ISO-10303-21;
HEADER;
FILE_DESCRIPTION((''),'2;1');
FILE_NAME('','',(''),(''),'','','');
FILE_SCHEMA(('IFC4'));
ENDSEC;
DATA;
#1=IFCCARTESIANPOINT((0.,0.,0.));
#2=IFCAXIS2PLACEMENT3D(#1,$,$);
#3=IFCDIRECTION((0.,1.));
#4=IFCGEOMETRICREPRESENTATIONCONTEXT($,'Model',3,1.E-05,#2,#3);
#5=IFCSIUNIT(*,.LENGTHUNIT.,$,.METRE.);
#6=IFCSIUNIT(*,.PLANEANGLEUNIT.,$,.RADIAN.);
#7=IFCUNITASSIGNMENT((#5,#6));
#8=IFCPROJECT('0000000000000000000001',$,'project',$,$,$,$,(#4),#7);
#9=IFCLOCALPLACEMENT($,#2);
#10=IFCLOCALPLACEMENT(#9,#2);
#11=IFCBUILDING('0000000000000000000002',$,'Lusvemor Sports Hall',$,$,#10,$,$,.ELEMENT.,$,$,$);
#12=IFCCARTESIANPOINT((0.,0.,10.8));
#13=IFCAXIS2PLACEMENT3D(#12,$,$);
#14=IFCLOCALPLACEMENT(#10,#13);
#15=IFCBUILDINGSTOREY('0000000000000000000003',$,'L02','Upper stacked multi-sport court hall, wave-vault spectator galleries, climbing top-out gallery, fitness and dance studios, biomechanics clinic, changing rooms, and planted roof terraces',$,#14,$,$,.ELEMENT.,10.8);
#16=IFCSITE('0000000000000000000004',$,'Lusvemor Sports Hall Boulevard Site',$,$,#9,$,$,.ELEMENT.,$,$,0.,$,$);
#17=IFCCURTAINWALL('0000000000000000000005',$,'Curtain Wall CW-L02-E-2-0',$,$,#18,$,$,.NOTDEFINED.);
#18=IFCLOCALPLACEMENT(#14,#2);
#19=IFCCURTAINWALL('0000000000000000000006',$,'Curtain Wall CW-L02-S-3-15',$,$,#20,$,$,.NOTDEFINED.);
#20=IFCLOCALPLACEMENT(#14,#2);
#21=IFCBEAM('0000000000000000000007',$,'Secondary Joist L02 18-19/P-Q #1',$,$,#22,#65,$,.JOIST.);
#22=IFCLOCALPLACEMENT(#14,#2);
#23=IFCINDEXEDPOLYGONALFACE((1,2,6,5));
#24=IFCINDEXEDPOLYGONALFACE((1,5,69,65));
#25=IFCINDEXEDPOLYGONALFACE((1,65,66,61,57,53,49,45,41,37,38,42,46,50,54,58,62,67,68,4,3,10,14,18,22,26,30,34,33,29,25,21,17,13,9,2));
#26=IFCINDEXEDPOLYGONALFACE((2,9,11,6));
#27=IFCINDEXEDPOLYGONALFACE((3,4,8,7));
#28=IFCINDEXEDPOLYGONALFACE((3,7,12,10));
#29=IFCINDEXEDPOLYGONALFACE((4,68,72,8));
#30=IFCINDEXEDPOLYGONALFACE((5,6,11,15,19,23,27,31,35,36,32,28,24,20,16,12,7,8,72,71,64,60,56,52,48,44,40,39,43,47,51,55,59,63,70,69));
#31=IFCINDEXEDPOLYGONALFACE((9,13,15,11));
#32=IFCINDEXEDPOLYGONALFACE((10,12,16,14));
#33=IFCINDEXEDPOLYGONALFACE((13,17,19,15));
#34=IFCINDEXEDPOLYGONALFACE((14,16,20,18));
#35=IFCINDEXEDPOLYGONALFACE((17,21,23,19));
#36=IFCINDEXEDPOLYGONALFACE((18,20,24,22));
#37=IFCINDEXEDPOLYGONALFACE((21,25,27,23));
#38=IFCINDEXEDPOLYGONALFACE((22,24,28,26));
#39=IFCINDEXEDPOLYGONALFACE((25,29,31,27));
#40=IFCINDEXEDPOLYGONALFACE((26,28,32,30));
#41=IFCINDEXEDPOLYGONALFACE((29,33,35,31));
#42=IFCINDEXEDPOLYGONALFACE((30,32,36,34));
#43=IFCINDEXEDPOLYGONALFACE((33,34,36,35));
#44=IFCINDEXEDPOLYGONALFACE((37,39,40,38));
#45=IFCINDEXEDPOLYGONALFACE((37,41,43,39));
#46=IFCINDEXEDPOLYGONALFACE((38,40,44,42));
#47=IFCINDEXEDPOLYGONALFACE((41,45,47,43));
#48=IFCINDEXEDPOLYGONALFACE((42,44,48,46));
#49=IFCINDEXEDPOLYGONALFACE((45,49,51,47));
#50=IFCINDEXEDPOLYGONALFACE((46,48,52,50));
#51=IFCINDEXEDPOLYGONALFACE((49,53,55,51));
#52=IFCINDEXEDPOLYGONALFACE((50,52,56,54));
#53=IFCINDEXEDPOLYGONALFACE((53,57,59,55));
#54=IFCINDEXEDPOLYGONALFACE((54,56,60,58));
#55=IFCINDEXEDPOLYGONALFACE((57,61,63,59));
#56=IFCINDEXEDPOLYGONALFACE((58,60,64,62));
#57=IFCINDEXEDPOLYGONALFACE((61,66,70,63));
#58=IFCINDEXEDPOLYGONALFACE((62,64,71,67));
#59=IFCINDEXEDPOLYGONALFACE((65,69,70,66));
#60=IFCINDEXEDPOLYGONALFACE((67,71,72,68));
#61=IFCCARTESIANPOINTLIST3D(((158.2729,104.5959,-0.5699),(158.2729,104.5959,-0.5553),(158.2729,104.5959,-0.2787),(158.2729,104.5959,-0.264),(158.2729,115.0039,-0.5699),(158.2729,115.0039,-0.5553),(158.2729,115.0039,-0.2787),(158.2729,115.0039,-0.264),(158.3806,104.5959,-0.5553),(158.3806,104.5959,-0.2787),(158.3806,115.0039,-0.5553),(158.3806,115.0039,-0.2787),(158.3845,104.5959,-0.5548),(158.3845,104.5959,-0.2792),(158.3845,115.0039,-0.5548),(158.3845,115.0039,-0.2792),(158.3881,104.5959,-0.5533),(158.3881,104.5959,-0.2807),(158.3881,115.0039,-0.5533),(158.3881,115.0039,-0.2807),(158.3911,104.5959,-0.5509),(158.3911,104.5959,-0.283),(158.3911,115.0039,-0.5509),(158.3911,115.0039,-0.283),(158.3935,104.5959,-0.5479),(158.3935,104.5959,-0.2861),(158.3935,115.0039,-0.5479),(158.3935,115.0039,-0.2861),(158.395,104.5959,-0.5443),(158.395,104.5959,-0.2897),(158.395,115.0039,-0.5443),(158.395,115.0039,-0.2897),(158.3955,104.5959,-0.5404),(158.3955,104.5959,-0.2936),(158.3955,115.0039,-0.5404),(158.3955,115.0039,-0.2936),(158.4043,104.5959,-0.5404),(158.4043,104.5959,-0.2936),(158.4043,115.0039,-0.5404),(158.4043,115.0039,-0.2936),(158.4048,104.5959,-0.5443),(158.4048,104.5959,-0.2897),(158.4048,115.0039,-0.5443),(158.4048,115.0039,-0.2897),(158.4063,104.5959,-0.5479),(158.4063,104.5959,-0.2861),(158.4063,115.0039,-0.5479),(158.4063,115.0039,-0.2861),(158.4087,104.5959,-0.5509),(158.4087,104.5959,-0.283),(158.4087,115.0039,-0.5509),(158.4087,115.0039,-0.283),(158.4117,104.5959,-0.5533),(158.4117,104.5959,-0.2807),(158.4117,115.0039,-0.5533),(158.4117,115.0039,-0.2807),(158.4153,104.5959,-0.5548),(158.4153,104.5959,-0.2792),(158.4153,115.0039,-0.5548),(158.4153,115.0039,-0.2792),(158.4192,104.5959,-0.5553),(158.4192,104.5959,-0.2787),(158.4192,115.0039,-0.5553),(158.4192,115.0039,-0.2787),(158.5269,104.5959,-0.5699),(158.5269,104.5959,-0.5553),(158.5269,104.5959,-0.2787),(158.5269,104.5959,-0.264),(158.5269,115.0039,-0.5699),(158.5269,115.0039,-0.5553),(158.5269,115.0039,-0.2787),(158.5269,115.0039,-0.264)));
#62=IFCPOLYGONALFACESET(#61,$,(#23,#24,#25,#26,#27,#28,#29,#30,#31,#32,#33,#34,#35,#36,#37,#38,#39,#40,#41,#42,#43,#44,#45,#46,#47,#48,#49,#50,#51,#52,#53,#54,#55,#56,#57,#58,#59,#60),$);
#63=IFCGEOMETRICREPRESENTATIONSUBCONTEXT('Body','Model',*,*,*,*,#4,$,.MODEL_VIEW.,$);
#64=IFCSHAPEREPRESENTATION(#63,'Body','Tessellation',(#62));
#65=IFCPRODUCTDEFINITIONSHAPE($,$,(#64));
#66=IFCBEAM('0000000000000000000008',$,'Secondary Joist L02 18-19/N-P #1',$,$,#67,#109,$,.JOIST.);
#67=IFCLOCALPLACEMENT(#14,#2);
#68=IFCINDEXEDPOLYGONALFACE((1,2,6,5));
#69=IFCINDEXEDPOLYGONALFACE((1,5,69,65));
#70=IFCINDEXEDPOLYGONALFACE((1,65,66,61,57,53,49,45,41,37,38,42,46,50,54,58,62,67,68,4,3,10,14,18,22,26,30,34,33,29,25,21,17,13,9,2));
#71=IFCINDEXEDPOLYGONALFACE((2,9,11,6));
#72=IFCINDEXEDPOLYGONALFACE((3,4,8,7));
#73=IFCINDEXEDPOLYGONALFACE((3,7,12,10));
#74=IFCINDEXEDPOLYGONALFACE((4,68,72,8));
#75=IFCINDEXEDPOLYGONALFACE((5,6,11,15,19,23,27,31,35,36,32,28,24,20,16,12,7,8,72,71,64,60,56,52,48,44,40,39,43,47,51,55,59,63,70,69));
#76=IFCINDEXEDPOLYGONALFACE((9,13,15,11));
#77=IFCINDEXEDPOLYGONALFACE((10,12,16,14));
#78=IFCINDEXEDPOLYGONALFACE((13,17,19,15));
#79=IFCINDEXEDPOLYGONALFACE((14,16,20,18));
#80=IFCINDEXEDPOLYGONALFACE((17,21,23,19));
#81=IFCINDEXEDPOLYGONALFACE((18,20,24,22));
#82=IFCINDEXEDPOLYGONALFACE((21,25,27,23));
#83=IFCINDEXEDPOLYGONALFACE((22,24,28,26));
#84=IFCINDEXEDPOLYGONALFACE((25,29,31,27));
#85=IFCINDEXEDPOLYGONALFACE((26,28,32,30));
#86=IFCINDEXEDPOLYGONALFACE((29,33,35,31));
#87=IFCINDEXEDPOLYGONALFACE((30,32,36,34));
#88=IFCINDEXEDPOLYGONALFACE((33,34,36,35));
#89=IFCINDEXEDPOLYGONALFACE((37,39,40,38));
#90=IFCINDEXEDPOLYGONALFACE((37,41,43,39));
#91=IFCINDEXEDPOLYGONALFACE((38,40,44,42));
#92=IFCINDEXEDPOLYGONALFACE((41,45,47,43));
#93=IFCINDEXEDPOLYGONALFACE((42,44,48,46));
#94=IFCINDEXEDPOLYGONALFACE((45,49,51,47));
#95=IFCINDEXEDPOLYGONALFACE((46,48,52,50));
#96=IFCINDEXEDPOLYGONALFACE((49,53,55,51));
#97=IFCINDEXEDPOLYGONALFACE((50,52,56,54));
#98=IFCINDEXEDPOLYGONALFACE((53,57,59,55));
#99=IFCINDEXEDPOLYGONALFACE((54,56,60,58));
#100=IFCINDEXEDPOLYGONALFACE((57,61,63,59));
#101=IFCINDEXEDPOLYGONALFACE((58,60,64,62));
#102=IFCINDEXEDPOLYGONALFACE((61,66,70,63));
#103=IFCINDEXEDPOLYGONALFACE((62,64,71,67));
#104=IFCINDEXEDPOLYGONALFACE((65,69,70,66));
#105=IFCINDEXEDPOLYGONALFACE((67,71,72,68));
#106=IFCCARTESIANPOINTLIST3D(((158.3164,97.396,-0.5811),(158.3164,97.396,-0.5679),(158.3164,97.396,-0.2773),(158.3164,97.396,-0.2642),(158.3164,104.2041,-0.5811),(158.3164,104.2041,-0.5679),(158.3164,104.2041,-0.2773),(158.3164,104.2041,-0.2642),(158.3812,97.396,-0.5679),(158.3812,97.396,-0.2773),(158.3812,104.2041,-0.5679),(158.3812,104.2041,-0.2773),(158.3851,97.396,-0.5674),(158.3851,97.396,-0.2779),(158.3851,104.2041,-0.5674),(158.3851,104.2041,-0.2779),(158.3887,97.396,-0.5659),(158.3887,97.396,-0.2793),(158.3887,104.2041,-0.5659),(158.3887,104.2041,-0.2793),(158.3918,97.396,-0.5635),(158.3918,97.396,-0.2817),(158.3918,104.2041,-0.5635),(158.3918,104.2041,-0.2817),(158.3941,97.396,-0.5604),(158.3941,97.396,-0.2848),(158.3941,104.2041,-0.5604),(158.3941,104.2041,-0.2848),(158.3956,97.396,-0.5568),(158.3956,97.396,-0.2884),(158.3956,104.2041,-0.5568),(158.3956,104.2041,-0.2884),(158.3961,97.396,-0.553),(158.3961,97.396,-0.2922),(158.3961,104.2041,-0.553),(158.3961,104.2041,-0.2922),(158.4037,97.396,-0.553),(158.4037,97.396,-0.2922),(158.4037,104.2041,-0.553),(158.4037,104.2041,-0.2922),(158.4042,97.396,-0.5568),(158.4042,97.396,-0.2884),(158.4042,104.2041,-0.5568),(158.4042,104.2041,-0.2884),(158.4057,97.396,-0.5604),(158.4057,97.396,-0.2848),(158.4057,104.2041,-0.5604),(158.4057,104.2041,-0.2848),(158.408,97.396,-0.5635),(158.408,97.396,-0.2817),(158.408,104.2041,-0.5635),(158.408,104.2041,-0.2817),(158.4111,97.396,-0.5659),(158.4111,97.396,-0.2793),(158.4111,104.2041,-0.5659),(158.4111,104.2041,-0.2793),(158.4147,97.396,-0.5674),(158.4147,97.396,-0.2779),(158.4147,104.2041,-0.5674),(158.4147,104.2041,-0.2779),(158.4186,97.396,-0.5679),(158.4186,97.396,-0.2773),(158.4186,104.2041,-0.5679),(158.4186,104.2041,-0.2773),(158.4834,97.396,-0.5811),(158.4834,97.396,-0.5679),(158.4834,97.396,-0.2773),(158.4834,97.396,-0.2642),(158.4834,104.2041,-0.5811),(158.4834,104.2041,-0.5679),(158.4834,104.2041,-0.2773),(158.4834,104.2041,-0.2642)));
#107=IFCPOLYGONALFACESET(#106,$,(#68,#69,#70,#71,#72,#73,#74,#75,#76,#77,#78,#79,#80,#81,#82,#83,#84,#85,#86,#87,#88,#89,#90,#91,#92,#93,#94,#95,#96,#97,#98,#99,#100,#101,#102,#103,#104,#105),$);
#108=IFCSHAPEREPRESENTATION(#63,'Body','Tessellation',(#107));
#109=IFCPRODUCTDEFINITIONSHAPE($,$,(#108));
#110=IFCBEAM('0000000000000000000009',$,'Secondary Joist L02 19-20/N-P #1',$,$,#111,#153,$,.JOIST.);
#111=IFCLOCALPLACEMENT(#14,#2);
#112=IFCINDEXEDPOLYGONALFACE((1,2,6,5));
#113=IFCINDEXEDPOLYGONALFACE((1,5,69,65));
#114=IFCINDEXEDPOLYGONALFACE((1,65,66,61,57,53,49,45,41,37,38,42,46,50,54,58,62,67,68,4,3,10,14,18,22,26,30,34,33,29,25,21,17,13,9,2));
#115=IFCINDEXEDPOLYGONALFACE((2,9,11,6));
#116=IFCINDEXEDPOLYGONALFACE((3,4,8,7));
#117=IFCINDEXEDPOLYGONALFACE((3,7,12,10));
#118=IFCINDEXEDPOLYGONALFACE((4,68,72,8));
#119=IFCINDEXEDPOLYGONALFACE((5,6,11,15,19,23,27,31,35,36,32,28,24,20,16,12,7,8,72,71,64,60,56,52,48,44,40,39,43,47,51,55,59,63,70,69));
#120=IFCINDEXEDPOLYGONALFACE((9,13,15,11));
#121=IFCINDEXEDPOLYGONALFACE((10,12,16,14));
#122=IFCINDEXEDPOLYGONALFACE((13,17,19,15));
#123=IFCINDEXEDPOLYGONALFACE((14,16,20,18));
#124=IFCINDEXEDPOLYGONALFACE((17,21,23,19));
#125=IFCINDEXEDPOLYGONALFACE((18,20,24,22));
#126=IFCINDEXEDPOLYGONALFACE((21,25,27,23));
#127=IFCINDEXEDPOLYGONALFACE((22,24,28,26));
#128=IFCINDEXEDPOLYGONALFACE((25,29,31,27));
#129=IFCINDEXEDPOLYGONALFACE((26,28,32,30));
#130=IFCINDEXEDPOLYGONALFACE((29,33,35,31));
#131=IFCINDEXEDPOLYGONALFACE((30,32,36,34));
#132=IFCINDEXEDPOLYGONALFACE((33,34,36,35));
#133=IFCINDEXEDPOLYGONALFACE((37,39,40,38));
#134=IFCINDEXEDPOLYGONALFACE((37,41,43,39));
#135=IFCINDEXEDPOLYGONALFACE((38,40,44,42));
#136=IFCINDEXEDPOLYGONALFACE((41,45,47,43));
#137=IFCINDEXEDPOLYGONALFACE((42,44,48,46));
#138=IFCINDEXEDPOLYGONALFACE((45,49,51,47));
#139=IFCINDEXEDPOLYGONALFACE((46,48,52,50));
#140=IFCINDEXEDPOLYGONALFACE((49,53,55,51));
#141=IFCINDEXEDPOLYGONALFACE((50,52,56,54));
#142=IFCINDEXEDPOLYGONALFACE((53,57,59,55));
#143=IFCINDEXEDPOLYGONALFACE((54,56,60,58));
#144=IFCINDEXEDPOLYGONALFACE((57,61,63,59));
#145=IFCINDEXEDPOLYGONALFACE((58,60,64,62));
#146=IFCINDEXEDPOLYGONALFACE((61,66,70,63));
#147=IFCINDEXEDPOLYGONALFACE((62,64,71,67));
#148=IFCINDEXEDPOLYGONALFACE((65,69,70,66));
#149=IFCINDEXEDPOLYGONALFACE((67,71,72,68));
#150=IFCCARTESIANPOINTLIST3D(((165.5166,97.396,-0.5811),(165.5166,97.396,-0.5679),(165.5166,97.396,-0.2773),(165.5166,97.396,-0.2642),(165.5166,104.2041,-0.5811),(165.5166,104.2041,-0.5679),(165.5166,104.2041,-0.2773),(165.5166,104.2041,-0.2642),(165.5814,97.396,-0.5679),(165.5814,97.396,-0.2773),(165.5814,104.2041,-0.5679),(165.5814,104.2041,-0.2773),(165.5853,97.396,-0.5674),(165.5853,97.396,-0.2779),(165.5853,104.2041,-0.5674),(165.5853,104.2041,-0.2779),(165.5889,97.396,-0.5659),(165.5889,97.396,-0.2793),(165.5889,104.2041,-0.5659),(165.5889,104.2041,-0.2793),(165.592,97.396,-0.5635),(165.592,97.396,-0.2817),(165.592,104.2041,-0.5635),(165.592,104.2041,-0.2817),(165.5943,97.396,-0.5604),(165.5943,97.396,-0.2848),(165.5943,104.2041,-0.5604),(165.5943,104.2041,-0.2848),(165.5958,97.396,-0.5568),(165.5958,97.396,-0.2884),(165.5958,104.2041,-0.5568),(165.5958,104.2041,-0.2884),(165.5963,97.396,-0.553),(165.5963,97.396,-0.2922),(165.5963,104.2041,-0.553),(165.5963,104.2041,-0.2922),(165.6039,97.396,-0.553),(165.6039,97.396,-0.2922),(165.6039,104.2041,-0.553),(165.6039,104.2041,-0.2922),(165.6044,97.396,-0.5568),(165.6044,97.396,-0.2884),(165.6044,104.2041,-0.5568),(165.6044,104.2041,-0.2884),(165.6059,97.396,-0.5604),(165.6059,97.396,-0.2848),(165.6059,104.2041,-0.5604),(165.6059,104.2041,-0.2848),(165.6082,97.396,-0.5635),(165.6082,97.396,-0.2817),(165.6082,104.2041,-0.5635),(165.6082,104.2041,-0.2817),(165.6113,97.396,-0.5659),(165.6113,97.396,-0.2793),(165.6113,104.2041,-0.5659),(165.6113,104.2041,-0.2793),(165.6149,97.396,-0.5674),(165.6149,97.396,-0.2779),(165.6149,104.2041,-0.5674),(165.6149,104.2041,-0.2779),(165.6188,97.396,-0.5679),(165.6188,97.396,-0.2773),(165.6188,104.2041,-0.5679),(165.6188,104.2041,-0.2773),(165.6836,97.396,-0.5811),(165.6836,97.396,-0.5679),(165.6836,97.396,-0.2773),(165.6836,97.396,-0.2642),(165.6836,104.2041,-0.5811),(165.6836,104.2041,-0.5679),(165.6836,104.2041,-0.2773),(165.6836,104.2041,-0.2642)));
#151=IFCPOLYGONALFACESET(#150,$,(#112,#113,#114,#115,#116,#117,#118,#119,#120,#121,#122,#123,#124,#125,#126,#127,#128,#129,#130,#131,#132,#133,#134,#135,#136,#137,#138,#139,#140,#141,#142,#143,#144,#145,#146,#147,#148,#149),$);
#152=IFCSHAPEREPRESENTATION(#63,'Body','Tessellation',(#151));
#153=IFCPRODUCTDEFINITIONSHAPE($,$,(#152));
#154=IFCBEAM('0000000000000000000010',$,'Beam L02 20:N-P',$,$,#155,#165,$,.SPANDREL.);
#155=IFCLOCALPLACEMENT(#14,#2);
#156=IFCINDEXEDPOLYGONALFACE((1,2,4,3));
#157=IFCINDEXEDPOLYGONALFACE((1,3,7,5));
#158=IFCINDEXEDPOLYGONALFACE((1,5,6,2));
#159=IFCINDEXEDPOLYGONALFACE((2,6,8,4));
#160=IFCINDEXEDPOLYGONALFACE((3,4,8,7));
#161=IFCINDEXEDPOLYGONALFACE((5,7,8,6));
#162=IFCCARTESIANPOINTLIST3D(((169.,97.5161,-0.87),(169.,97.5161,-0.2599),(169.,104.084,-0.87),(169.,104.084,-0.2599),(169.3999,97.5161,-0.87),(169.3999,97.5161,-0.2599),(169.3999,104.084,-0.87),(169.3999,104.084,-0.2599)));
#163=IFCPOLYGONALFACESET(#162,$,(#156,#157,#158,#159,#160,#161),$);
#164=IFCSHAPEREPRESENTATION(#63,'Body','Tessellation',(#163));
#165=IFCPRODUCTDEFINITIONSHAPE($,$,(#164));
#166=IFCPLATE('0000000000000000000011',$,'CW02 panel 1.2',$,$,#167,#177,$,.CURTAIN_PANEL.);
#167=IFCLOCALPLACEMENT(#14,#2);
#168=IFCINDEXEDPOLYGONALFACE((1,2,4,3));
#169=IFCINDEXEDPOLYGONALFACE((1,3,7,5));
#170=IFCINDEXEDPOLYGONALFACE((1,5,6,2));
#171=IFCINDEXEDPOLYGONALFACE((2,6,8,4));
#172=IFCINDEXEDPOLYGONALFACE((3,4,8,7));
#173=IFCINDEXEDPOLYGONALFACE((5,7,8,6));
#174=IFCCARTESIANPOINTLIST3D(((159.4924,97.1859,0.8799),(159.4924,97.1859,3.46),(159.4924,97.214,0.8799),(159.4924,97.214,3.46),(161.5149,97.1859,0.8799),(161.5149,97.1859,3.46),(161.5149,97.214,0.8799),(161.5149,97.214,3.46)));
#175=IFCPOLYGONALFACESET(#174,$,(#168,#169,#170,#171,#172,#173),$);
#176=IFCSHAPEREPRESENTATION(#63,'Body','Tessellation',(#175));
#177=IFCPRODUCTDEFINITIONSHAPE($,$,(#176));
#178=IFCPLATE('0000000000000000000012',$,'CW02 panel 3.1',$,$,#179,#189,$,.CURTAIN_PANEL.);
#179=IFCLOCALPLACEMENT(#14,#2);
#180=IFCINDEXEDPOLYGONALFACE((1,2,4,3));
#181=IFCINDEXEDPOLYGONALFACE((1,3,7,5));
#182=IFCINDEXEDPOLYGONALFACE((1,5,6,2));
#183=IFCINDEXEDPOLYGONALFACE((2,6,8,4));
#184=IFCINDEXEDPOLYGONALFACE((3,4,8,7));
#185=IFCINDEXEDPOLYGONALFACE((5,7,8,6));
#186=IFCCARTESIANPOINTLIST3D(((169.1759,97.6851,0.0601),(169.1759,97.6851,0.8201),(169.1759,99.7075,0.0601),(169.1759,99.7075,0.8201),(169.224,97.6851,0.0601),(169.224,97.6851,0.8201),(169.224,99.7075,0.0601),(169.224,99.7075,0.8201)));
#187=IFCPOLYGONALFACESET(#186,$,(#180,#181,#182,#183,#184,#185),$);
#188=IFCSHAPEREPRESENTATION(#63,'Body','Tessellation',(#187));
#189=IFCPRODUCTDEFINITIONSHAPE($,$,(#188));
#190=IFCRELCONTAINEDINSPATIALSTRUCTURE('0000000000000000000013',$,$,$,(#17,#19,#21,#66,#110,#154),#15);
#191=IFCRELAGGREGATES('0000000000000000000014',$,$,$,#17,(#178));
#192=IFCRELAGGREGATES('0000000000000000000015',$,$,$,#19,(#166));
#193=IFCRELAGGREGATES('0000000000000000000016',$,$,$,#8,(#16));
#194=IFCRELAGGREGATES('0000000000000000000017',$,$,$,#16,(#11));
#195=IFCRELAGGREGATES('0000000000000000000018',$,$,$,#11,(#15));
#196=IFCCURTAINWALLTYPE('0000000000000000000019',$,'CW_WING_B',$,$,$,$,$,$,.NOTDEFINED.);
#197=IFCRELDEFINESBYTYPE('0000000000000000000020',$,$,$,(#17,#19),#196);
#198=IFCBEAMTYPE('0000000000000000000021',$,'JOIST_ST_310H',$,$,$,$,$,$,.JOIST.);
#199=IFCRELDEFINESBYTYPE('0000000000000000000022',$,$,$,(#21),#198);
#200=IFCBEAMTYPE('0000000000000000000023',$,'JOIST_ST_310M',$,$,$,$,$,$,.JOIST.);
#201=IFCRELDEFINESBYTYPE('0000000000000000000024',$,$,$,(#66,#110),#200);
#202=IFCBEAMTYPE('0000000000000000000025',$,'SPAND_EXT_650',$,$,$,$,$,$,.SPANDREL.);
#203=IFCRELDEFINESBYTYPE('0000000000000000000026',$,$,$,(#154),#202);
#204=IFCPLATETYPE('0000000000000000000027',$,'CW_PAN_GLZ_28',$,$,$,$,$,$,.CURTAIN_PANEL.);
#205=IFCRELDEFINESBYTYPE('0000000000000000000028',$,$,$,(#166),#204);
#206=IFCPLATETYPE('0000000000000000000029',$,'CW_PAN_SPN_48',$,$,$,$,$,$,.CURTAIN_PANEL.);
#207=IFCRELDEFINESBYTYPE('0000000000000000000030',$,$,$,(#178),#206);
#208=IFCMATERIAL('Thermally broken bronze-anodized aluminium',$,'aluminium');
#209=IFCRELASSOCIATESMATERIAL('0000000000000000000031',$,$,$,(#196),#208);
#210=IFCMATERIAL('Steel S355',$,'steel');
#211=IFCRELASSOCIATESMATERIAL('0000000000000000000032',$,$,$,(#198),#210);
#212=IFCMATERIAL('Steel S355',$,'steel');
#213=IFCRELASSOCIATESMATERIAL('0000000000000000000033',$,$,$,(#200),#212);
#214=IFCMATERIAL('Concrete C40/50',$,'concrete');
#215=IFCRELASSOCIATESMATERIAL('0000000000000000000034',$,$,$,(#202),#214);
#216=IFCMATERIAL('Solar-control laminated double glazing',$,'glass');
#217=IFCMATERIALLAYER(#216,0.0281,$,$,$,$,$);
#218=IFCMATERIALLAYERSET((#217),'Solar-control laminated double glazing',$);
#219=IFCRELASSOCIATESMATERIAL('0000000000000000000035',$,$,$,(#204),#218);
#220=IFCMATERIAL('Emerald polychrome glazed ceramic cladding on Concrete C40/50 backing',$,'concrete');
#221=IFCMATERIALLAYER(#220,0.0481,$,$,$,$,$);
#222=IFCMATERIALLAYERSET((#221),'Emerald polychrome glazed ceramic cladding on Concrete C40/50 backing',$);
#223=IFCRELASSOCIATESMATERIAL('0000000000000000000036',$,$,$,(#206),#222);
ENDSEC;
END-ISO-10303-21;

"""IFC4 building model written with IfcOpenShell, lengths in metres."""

from ifc_helpers import new_model, si_unit, direction, frame, origin, origin_2d, place, context, subcontext, project, spatial, rectangle, i_section, extrude, material, layer, layer_set, material_profile, profile_set, type_object, element, aggregate, save


model = new_model("IFC4")

# Units and contexts
model_context = context("Model", 3, precision=1e-05, world=origin(), true_north=direction((0.0, 1.0)))
body_context = subcontext(model_context, "Body", "Model", "MODEL_VIEW")
ifc_project = project(units=[si_unit("LENGTHUNIT", "METRE"), si_unit("PLANEANGLEUNIT", "RADIAN")], contexts=[model_context])

# Site, building, storey
site_placement = place(None, origin())
site = spatial("IfcSite", under=ifc_project, at=site_placement, Name="Lusvemor Sports Hall Boulevard Site", CompositionType="ELEMENT", RefElevation=0.0)
building_placement = place(site_placement, origin())
building = spatial("IfcBuilding", under=site, at=building_placement, Name="Lusvemor Sports Hall", CompositionType="ELEMENT")
storey_placement = place(building_placement, frame((0.0, 0.0, 10.8)))
storey = spatial("IfcBuildingStorey", under=building, at=storey_placement, Name="L02", Description="Upper stacked multi-sport court hall, wave-vault spectator galleries, climbing top-out gallery, fitness and dance studios, biomechanics clinic, changing rooms, and planted roof terraces", CompositionType="ELEMENT", Elevation=10.8)

# Curtain wall
ifc_material_1 = material(Name="Thermally broken bronze-anodized aluminium", Category="aluminium")
curtain_wall_type = type_object("IfcCurtainWallType", Name="CW_WING_B", PredefinedType="NOTDEFINED", material=ifc_material_1)
curtain_wall_1_placement = place(storey_placement, origin())
curtain_wall_1 = element("IfcCurtainWall", 1, at=curtain_wall_1_placement, inside=storey, type_object=curtain_wall_type, Name="Curtain Wall CW-L02-E-2-0", PredefinedType="NOTDEFINED")

# Curtain wall
curtain_wall_2_placement = place(storey_placement, origin())
curtain_wall_2 = element("IfcCurtainWall", 2, at=curtain_wall_2_placement, inside=storey, type_object=curtain_wall_type, Name="Curtain Wall CW-L02-S-3-15", PredefinedType="NOTDEFINED")

# Beams
ifc_material_2 = material(Name="Steel S355", Category="steel")
ifc_material_profile_1 = material_profile(ifc_material_2, i_section(OverallWidth=0.2539, OverallDepth=0.3059, WebThickness=0.0088, FlangeThickness=0.0146, FilletRadius=0.0149, at=origin_2d()), Name="W310x79.0")
ifc_profile_set_1 = profile_set([ifc_material_profile_1], Name="Steel S355")
beam_type_1 = type_object("IfcBeamType", Name="JOIST_ST_310H", PredefinedType="JOIST", material=ifc_profile_set_1)
beam_1_placement = place(storey_placement, frame((158.3999, 104.5959, -0.417), z_axis=(0.0, 1.0, 0.0), x_axis=(-1.0, 0.0, 0.0)))
element("IfcBeam", 3, at=beam_1_placement, inside=storey, type_object=beam_type_1, Name="Secondary Joist L02 18-19/P-Q #1", PredefinedType="JOIST", context=body_context, shape_type="SweptSolid", body=[
    extrude(i_section(OverallWidth=0.2539, OverallDepth=0.3059, WebThickness=0.0088, FlangeThickness=0.0146, FilletRadius=0.0149, at=origin_2d()), origin(), (0.0, 0.0, 1.0), 10.408),
])
ifc_material_3 = material(Name="Steel S355", Category="steel")
ifc_material_profile_2 = material_profile(ifc_material_3, i_section(OverallWidth=0.167, OverallDepth=0.3169, WebThickness=0.0076, FlangeThickness=0.0132, FilletRadius=0.0149, at=origin_2d()), Name="W310x52.0")
ifc_profile_set_2 = profile_set([ifc_material_profile_2], Name="Steel S355")
beam_type_2 = type_object("IfcBeamType", Name="JOIST_ST_310M", PredefinedType="JOIST", material=ifc_profile_set_2)
for number, where, z_axis, x_axis, name in (
    (4, (158.3999, 97.396, -0.4226), (0.0, 1.0, 0.0), (-1.0, 0.0, 0.0), "Secondary Joist L02 18-19/N-P #1"),
    (5, (165.6001, 97.396, -0.4226), (0.0, 1.0, 0.0), (-1.0, 0.0, 0.0), "Secondary Joist L02 19-20/N-P #1"),
):
    element("IfcBeam", number, at=place(storey_placement, frame(where, z_axis=z_axis, x_axis=x_axis)), inside=storey, type_object=beam_type_2, Name=name, PredefinedType="JOIST", context=body_context, shape_type="SweptSolid", body=[
        extrude(i_section(OverallWidth=0.167, OverallDepth=0.3169, WebThickness=0.0076, FlangeThickness=0.0132, FilletRadius=0.0149, at=origin_2d()), origin(), (0.0, 0.0, 1.0), 6.8081),
    ])
ifc_material_4 = material(Name="Concrete C40/50", Category="concrete")
ifc_material_profile_3 = material_profile(ifc_material_4, rectangle(XDim=0.3999, YDim=0.6101, at=origin_2d()), Name="RC400x610")
ifc_profile_set_3 = profile_set([ifc_material_profile_3], Name="Concrete C40/50")
beam_type_3 = type_object("IfcBeamType", Name="SPAND_EXT_650", PredefinedType="SPANDREL", material=ifc_profile_set_3)
beam_2_placement = place(storey_placement, frame((169.2, 97.5161, -0.5649), z_axis=(0.0, 1.0, 0.0), x_axis=(-1.0, 0.0, 0.0)))
element("IfcBeam", 6, at=beam_2_placement, inside=storey, type_object=beam_type_3, Name="Beam L02 20:N-P", PredefinedType="SPANDREL", context=body_context, shape_type="SweptSolid", body=[
    extrude(rectangle(XDim=0.3999, YDim=0.6101, at=origin_2d()), origin(), (0.0, 0.0, 1.0), 6.5679),
])

# Plates
ifc_material_5 = material(Name="Solar-control laminated double glazing", Category="glass")
ifc_layer_1 = layer(ifc_material_5, 0.0281)
ifc_layer_set_1 = layer_set([ifc_layer_1], Name="Solar-control laminated double glazing")
plate_type_1 = type_object("IfcPlateType", Name="CW_PAN_GLZ_28", PredefinedType="CURTAIN_PANEL", material=ifc_layer_set_1)
plate_1_placement = place(storey_placement, frame((160.5037, 97.2, 0.8799), z_axis=(0.0, 0.0, 1.0), x_axis=(-1.0, 0.0, 0.0)))
plate_1 = element("IfcPlate", 7, at=plate_1_placement, type_object=plate_type_1, Name="CW02 panel 1.2", PredefinedType="CURTAIN_PANEL", context=body_context, shape_type="SweptSolid", body=[
    extrude(rectangle(XDim=2.0225, YDim=0.0281, at=origin_2d()), origin(), (0.0, 0.0, 1.0), 2.5801),
])
ifc_material_6 = material(Name="Emerald polychrome glazed ceramic cladding on Concrete C40/50 backing", Category="concrete")
ifc_layer_2 = layer(ifc_material_6, 0.0481)
ifc_layer_set_2 = layer_set([ifc_layer_2], Name="Emerald polychrome glazed ceramic cladding on Concrete C40/50 backing")
plate_type_2 = type_object("IfcPlateType", Name="CW_PAN_SPN_48", PredefinedType="CURTAIN_PANEL", material=ifc_layer_set_2)
plate_2_placement = place(storey_placement, frame((169.2, 98.6963, 0.0601), z_axis=(0.0, 0.0, 1.0), x_axis=(0.0, -1.0, 0.0)))
plate_2 = element("IfcPlate", 8, at=plate_2_placement, type_object=plate_type_2, Name="CW02 panel 3.1", PredefinedType="CURTAIN_PANEL", context=body_context, shape_type="SweptSolid", body=[
    extrude(rectangle(XDim=2.0225, YDim=0.0481, at=origin_2d()), origin(), (0.0, 0.0, 1.0), 0.76),
])
aggregate(curtain_wall_1, [plate_2])
aggregate(curtain_wall_2, [plate_1])

save(model, "model.ifc")
